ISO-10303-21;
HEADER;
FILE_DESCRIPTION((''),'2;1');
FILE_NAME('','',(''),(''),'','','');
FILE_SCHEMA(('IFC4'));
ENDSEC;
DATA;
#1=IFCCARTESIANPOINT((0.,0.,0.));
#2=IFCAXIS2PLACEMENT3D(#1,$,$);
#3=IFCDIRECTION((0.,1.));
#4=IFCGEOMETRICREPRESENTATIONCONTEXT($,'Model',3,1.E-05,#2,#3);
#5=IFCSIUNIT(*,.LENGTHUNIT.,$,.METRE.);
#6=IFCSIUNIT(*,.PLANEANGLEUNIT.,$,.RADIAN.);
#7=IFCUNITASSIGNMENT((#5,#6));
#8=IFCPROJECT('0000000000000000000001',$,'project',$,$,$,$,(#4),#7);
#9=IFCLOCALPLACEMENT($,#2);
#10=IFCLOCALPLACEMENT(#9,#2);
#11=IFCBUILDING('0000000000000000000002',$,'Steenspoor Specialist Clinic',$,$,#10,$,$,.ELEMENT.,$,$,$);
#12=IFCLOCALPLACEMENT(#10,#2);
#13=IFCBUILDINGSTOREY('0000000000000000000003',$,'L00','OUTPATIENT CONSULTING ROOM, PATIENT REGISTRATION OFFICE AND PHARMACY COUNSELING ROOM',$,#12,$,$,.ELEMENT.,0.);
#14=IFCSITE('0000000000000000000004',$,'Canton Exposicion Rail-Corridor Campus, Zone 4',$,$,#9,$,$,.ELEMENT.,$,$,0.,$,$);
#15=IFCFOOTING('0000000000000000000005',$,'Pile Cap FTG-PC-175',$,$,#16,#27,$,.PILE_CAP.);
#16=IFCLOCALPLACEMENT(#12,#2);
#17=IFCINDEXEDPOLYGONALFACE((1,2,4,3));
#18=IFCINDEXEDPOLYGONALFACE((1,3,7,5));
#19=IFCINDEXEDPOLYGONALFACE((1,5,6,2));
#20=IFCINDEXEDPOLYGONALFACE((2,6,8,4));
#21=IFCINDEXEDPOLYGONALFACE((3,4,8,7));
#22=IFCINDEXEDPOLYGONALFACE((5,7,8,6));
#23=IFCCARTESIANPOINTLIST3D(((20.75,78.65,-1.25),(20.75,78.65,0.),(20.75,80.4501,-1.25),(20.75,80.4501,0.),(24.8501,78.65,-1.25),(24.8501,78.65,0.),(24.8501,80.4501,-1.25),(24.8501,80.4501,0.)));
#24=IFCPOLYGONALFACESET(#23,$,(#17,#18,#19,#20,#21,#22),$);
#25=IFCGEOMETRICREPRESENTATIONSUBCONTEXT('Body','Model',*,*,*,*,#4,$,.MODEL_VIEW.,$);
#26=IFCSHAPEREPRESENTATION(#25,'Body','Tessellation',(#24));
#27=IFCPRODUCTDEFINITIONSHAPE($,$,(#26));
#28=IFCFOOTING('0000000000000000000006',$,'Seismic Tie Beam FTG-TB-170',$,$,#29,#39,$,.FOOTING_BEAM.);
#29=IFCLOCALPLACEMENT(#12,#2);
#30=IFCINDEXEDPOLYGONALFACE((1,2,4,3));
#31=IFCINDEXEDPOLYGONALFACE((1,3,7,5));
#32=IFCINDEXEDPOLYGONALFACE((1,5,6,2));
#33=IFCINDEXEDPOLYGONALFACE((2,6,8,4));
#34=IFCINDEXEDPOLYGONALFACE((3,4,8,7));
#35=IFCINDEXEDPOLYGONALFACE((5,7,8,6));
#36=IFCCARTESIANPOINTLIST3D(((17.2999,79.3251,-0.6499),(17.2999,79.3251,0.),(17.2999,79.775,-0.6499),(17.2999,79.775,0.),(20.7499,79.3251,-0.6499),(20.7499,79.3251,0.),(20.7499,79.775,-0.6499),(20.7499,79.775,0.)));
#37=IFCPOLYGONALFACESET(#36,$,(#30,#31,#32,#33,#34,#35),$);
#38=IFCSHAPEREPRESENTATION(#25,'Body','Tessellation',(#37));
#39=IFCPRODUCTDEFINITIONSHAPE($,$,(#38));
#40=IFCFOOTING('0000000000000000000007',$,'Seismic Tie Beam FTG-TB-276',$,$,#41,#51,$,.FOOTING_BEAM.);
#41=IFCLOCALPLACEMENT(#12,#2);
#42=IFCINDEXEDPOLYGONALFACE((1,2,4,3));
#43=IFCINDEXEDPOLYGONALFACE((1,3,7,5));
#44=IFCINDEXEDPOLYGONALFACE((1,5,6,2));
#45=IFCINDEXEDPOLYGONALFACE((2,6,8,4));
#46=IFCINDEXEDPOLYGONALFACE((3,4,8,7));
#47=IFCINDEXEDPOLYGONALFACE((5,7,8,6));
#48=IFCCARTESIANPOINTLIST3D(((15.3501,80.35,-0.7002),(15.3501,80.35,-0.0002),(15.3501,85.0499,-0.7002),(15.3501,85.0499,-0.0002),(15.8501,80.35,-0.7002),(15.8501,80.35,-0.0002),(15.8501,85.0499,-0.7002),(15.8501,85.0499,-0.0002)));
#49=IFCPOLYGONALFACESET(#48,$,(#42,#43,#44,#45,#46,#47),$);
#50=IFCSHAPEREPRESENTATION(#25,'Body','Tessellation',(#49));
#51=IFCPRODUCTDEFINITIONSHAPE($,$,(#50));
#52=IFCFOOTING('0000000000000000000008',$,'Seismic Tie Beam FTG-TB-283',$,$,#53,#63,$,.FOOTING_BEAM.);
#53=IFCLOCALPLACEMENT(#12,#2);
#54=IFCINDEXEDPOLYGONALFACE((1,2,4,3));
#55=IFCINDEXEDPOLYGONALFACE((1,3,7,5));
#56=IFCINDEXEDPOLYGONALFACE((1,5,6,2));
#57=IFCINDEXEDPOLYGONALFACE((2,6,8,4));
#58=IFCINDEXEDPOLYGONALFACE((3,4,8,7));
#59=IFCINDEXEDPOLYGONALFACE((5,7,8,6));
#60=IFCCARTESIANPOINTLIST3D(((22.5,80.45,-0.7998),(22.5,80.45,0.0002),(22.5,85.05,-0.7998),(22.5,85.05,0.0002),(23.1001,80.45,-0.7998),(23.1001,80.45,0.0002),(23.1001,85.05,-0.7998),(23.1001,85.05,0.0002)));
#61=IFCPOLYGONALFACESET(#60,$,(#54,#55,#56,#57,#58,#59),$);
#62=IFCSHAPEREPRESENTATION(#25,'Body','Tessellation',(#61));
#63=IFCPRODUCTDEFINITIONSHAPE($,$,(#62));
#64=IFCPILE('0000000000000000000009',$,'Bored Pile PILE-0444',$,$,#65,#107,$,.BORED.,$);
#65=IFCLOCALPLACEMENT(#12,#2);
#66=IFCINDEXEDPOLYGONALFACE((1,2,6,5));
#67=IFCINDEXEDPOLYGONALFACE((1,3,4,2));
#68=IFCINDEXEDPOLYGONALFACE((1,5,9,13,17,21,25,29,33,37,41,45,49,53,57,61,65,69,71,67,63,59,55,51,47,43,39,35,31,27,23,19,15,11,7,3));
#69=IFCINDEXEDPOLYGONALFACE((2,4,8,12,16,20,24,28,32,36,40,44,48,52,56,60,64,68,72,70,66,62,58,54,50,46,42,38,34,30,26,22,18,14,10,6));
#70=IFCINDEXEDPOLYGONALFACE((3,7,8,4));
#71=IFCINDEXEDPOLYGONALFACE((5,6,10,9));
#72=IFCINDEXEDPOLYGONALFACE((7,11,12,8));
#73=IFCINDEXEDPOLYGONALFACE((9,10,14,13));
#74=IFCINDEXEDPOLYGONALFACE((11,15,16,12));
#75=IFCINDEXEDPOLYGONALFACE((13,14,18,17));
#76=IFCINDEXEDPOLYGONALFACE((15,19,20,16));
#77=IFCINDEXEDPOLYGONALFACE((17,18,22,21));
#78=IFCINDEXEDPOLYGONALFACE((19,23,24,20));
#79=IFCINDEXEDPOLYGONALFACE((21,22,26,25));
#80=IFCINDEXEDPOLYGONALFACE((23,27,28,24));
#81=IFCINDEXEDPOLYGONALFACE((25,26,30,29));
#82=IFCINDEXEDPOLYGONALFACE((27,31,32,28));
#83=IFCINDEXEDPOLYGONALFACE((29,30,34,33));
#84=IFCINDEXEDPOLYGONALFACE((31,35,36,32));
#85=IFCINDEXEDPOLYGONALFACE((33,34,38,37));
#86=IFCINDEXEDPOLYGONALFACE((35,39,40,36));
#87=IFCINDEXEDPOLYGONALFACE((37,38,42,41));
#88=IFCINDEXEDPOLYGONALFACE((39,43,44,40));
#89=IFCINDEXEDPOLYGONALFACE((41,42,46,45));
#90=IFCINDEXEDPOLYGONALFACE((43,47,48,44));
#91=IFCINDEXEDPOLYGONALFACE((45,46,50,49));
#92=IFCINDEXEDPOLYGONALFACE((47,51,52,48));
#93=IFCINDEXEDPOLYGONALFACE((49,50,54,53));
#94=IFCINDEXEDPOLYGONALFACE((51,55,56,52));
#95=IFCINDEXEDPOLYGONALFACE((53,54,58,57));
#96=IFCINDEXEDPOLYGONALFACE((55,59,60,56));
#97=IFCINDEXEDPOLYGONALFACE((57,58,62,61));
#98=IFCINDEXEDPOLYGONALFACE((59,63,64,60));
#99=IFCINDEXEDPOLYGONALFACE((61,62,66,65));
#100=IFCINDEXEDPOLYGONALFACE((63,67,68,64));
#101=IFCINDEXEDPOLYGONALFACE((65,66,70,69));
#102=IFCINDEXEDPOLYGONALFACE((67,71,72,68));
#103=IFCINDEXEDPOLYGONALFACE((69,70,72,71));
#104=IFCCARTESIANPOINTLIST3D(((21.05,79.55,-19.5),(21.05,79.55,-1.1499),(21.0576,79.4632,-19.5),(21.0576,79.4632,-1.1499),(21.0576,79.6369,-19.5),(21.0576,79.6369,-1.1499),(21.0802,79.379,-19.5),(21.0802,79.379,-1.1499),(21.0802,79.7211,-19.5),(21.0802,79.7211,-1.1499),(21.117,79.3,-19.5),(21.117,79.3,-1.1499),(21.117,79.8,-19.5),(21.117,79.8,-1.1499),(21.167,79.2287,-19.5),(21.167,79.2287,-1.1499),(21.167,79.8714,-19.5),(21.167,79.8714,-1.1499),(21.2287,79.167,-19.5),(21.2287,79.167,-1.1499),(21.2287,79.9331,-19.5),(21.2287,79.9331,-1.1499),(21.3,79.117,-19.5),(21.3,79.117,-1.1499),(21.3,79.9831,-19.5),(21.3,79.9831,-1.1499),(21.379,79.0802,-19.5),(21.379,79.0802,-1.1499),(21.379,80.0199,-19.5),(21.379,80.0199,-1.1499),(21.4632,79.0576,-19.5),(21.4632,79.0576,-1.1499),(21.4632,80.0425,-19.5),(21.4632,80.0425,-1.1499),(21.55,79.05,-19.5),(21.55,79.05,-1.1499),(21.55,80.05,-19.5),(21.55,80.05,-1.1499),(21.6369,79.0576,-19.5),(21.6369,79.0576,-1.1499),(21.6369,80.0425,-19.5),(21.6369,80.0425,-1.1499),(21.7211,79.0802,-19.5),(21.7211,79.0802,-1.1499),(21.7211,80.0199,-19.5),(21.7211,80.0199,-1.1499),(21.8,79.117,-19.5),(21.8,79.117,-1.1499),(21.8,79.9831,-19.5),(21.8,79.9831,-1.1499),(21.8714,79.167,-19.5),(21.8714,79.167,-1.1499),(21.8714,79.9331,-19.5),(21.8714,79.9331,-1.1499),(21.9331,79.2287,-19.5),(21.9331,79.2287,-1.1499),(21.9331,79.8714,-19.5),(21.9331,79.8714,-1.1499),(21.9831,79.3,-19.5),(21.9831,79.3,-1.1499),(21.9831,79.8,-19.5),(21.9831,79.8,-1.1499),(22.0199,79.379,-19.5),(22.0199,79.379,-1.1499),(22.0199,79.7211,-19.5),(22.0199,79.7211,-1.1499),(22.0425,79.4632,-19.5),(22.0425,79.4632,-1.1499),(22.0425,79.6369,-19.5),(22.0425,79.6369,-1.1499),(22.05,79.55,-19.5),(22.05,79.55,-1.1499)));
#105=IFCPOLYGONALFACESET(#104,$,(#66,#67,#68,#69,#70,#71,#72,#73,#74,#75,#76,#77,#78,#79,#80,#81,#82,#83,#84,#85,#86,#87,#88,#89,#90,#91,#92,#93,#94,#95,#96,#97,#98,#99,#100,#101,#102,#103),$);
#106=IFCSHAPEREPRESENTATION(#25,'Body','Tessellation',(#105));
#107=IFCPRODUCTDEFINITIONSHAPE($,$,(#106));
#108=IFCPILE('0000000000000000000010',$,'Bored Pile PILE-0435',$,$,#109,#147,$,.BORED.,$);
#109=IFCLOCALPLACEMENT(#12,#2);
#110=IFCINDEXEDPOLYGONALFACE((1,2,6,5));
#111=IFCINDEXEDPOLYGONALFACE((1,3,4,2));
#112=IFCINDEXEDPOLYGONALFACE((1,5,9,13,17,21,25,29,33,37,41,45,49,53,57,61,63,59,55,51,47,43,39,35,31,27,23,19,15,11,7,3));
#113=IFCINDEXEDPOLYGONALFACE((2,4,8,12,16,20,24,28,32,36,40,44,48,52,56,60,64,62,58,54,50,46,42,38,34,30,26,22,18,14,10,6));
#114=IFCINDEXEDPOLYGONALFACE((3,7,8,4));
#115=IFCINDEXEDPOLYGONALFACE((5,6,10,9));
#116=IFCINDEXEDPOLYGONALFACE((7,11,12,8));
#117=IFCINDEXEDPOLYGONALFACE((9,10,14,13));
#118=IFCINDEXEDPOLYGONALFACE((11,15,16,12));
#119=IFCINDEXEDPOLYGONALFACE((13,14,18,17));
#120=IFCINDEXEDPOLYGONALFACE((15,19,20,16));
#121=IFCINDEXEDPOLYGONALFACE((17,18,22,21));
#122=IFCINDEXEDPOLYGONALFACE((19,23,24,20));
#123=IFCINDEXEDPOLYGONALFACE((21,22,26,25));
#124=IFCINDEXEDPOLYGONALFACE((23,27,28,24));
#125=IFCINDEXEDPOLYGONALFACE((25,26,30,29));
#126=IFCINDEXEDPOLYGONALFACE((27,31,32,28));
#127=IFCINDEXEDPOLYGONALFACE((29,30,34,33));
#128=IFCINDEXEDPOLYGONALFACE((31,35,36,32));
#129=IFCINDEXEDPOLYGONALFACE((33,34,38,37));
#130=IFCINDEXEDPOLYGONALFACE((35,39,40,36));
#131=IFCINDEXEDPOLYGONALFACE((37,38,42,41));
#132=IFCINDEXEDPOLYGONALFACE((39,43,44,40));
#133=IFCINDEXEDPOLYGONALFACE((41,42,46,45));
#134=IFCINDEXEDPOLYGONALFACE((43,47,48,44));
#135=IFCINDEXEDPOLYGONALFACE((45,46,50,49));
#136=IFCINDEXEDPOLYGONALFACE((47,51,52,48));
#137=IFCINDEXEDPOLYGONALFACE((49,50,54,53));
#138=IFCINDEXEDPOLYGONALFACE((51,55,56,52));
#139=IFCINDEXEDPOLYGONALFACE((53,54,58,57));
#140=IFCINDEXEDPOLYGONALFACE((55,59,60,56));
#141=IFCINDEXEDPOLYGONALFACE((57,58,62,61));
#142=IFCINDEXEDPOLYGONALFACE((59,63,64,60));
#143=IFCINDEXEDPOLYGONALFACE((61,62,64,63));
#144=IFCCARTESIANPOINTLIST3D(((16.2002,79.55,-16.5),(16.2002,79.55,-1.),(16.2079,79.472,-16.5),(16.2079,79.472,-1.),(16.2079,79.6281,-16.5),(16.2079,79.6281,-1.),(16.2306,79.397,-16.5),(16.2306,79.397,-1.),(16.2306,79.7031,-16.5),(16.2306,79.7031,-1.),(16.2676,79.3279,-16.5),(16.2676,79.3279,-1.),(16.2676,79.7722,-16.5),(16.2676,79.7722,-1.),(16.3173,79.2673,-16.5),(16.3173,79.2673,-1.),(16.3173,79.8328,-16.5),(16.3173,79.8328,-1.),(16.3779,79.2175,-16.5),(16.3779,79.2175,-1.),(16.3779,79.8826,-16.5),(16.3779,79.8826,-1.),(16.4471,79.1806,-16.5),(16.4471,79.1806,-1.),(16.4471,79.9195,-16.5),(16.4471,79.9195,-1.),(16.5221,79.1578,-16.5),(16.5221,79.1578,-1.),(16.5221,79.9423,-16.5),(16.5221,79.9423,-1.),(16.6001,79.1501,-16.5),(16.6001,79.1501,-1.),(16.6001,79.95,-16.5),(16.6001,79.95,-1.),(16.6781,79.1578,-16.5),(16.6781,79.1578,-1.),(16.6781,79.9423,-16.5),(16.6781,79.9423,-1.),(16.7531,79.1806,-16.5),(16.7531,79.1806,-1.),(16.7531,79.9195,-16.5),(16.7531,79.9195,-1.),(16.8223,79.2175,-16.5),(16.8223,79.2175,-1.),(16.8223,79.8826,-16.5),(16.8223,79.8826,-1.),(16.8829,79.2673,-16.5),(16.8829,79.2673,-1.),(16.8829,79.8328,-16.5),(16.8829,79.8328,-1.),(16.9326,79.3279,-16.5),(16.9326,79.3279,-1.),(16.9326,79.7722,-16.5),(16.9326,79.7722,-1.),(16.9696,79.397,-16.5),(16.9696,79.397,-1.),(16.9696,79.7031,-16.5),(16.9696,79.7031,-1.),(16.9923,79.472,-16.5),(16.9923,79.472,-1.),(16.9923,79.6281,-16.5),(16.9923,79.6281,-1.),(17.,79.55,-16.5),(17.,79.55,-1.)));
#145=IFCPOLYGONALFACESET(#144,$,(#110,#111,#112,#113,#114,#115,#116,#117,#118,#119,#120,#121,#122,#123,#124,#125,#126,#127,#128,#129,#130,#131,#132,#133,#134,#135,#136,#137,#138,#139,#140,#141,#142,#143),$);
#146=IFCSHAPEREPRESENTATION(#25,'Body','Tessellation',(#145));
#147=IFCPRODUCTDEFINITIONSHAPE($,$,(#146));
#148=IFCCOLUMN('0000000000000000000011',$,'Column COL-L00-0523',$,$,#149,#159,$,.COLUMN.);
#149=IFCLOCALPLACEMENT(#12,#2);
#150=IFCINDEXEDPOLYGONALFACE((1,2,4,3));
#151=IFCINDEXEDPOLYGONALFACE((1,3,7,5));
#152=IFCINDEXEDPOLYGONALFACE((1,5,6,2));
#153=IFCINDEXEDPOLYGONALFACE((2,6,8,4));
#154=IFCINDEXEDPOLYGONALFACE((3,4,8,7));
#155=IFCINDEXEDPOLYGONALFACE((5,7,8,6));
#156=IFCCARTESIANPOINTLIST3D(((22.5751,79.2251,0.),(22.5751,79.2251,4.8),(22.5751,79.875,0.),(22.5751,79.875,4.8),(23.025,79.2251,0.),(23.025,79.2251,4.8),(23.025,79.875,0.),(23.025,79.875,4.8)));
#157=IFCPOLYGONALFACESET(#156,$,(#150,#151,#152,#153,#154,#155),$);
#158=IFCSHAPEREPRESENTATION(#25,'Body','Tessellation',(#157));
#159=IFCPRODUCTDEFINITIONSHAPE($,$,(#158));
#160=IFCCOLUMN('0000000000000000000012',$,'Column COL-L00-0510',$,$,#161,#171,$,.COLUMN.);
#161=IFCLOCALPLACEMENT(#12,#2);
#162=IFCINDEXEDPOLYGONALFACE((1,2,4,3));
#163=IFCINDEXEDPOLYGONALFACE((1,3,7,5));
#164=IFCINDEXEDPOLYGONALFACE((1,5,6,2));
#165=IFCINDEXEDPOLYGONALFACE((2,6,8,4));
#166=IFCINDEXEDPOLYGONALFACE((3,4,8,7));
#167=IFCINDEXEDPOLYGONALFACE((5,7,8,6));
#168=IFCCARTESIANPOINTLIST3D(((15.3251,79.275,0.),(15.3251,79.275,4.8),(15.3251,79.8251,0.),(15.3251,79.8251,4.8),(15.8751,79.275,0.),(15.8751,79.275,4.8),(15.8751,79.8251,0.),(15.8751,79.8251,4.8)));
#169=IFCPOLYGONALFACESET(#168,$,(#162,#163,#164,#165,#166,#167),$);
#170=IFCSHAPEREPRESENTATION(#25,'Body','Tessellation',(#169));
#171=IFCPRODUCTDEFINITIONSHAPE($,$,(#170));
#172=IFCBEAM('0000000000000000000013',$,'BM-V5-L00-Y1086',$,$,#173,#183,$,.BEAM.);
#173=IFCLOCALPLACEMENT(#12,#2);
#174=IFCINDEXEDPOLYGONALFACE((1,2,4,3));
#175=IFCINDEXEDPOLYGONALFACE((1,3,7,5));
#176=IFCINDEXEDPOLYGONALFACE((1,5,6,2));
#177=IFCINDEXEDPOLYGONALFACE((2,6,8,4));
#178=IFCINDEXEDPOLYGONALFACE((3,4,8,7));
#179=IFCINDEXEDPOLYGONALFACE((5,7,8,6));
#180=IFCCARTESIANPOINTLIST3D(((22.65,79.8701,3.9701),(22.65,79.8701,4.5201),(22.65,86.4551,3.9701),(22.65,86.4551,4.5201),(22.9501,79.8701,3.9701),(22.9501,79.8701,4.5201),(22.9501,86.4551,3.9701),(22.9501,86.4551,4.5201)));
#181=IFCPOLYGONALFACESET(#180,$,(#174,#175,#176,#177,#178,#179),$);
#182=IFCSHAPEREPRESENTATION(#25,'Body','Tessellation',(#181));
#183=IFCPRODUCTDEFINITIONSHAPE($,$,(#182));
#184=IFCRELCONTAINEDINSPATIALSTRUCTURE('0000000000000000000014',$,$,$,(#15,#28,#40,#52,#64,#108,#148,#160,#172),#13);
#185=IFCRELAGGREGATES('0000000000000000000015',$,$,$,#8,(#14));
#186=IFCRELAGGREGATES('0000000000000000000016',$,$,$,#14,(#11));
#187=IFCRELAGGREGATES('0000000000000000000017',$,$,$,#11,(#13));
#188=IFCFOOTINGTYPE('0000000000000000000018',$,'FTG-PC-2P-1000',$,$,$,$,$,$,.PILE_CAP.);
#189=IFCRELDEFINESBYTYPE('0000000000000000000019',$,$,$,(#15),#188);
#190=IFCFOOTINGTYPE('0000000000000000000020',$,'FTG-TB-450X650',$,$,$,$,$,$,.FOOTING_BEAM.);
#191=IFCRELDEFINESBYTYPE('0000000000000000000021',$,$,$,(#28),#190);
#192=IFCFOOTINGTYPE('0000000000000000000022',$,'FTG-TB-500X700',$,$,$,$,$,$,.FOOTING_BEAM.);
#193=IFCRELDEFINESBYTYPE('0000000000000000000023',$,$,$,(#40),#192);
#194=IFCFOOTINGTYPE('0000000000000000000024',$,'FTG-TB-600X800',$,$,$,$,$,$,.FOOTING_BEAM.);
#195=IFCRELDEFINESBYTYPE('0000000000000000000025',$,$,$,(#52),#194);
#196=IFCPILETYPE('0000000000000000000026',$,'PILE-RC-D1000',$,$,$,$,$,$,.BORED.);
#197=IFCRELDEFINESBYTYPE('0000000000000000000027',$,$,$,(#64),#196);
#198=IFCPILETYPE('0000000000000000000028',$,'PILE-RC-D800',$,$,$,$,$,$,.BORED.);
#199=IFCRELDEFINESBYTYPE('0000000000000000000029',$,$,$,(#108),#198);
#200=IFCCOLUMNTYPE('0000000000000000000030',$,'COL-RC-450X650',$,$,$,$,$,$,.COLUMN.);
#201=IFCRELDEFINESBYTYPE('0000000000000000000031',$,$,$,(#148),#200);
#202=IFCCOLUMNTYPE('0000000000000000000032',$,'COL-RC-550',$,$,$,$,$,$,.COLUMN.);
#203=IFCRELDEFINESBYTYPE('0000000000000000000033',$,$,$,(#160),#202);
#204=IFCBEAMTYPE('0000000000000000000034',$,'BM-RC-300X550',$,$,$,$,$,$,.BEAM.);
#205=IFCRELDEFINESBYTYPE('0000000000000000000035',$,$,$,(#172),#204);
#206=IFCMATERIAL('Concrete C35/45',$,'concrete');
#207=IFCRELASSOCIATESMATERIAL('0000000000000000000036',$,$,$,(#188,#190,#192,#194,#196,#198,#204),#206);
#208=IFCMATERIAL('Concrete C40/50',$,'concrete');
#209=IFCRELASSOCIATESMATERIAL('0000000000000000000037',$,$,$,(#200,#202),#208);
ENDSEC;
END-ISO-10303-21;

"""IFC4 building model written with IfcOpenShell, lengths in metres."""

from ifc_helpers import new_model, si_unit, direction, frame, origin, origin_2d, place, context, subcontext, project, spatial, rectangle, circle, extrude, material, material_profile, profile_set, type_object, element, save


model = new_model("IFC4")

# Units and contexts
model_context = context("Model", 3, precision=1e-05, world=origin(), true_north=direction((0.0, 1.0)))
body_context = subcontext(model_context, "Body", "Model", "MODEL_VIEW")
ifc_project = project(units=[si_unit("LENGTHUNIT", "METRE"), si_unit("PLANEANGLEUNIT", "RADIAN")], contexts=[model_context])

# Site, building, storey
site_placement = place(None, origin())
site = spatial("IfcSite", under=ifc_project, at=site_placement, Name="Canton Exposicion Rail-Corridor Campus, Zone 4", CompositionType="ELEMENT", RefElevation=0.0)
building_placement = place(site_placement, origin())
building = spatial("IfcBuilding", under=site, at=building_placement, Name="Steenspoor Specialist Clinic", CompositionType="ELEMENT")
storey_placement = place(building_placement, origin())
storey = spatial("IfcBuildingStorey", under=building, at=storey_placement, Name="L00", Description="OUTPATIENT CONSULTING ROOM, PATIENT REGISTRATION OFFICE AND PHARMACY COUNSELING ROOM", CompositionType="ELEMENT", Elevation=0.0)

# Footings
ifc_material_1 = material(Name="Concrete C35/45", Category="concrete")
footing_type_1 = type_object("IfcFootingType", Name="FTG-PC-2P-1000", PredefinedType="PILE_CAP", material=ifc_material_1)
footing_1_placement = place(storey_placement, frame((22.8, 79.55, -1.25), z_axis=(0.0, 0.0, 1.0), x_axis=(1.0, 0.0, 0.0)))
element("IfcFooting", 1, at=footing_1_placement, inside=storey, type_object=footing_type_1, Name="Pile Cap FTG-PC-175", PredefinedType="PILE_CAP", context=body_context, shape_type="SweptSolid", body=[
    extrude(rectangle(XDim=4.1001, YDim=1.8, at=origin_2d()), origin(), (0.0, 0.0, 1.0), 1.25),
])
footing_type_2 = type_object("IfcFootingType", Name="FTG-TB-450X650", PredefinedType="FOOTING_BEAM", material=ifc_material_1)
footing_2_placement = place(storey_placement, frame((19.0249, 79.55, -0.6499), z_axis=(0.0, 0.0, 1.0), x_axis=(1.0, 0.0, 0.0)))
element("IfcFooting", 2, at=footing_2_placement, inside=storey, type_object=footing_type_2, Name="Seismic Tie Beam FTG-TB-170", PredefinedType="FOOTING_BEAM", context=body_context, shape_type="SweptSolid", body=[
    extrude(rectangle(XDim=3.45, YDim=0.45, at=origin_2d()), origin(), (0.0, 0.0, 1.0), 0.6499),
])
footing_type_3 = type_object("IfcFootingType", Name="FTG-TB-500X700", PredefinedType="FOOTING_BEAM", material=ifc_material_1)
footing_3_placement = place(storey_placement, frame((15.6001, 82.7, -0.7002), z_axis=(0.0, 0.0, 1.0), x_axis=(1.0, 0.0, 0.0)))
element("IfcFooting", 3, at=footing_3_placement, inside=storey, type_object=footing_type_3, Name="Seismic Tie Beam FTG-TB-276", PredefinedType="FOOTING_BEAM", context=body_context, shape_type="SweptSolid", body=[
    extrude(rectangle(XDim=0.5, YDim=4.7, at=origin_2d()), origin(), (0.0, 0.0, 1.0), 0.7),
])
footing_type_4 = type_object("IfcFootingType", Name="FTG-TB-600X800", PredefinedType="FOOTING_BEAM", material=ifc_material_1)
footing_4_placement = place(storey_placement, frame((22.8, 82.75, -0.7998), z_axis=(0.0, 0.0, 1.0), x_axis=(1.0, 0.0, 0.0)))
element("IfcFooting", 4, at=footing_4_placement, inside=storey, type_object=footing_type_4, Name="Seismic Tie Beam FTG-TB-283", PredefinedType="FOOTING_BEAM", context=body_context, shape_type="SweptSolid", body=[
    extrude(rectangle(XDim=0.6001, YDim=4.6001, at=origin_2d()), origin(), (0.0, 0.0, 1.0), 0.8),
])

# Piles
ifc_material_profile_1 = material_profile(ifc_material_1, circle(Radius=0.5, at=origin_2d()), Name="PILE-D1000")
ifc_profile_set_1 = profile_set([ifc_material_profile_1], Name="Concrete C35/45")
pile_type_1 = type_object("IfcPileType", Name="PILE-RC-D1000", PredefinedType="BORED", material=ifc_profile_set_1)
pile_1_placement = place(storey_placement, frame((21.55, 79.55, -1.1499), z_axis=(0.0, 0.0, -1.0), x_axis=(1.0, 0.0, 0.0)))
element("IfcPile", 5, at=pile_1_placement, inside=storey, type_object=pile_type_1, Name="Bored Pile PILE-0444", PredefinedType="BORED", context=body_context, shape_type="SweptSolid", body=[
    extrude(circle(Radius=0.5, at=origin_2d()), origin(), (0.0, 0.0, 1.0), 18.3501),
])
ifc_material_profile_2 = material_profile(ifc_material_1, circle(Radius=0.3999, at=origin_2d()), Name="PILE-D800")
ifc_profile_set_2 = profile_set([ifc_material_profile_2], Name="Concrete C35/45")
pile_type_2 = type_object("IfcPileType", Name="PILE-RC-D800", PredefinedType="BORED", material=ifc_profile_set_2)
pile_2_placement = place(storey_placement, frame((16.6001, 79.55, -1.0), z_axis=(0.0, 0.0, -1.0), x_axis=(1.0, 0.0, 0.0)))
element("IfcPile", 6, at=pile_2_placement, inside=storey, type_object=pile_type_2, Name="Bored Pile PILE-0435", PredefinedType="BORED", context=body_context, shape_type="SweptSolid", body=[
    extrude(circle(Radius=0.3999, at=origin_2d()), origin(), (0.0, 0.0, 1.0), 15.5),
])

# Columns
ifc_material_2 = material(Name="Concrete C40/50", Category="concrete")
ifc_material_profile_3 = material_profile(ifc_material_2, rectangle(XDim=0.45, YDim=0.6499, at=origin_2d()), Name="RC-COL-450X650")
ifc_profile_set_3 = profile_set([ifc_material_profile_3], Name="Concrete C40/50")
column_type_1 = type_object("IfcColumnType", Name="COL-RC-450X650", PredefinedType="COLUMN", material=ifc_profile_set_3)
column_1_placement = place(storey_placement, frame((22.8, 79.55, 0.0), z_axis=(0.0, 0.0, 1.0), x_axis=(1.0, 0.0, 0.0)))
element("IfcColumn", 7, at=column_1_placement, inside=storey, type_object=column_type_1, Name="Column COL-L00-0523", PredefinedType="COLUMN", context=body_context, shape_type="SweptSolid", body=[
    extrude(rectangle(XDim=0.45, YDim=0.6499, at=origin_2d()), origin(), (0.0, 0.0, 1.0), 4.8),
])
ifc_material_profile_4 = material_profile(ifc_material_2, rectangle(XDim=0.55, YDim=0.55, at=origin_2d()), Name="RC-COL-550X550")
ifc_profile_set_4 = profile_set([ifc_material_profile_4], Name="Concrete C40/50")
column_type_2 = type_object("IfcColumnType", Name="COL-RC-550", PredefinedType="COLUMN", material=ifc_profile_set_4)
column_2_placement = place(storey_placement, frame((15.6001, 79.55, 0.0), z_axis=(0.0, 0.0, 1.0), x_axis=(1.0, 0.0, 0.0)))
element("IfcColumn", 8, at=column_2_placement, inside=storey, type_object=column_type_2, Name="Column COL-L00-0510", PredefinedType="COLUMN", context=body_context, shape_type="SweptSolid", body=[
    extrude(rectangle(XDim=0.55, YDim=0.55, at=origin_2d()), origin(), (0.0, 0.0, 1.0), 4.8),
])

# Beam
ifc_material_profile_5 = material_profile(ifc_material_1, rectangle(XDim=0.3, YDim=0.55, at=origin_2d()), Name="RC-BM-300X550")
ifc_profile_set_5 = profile_set([ifc_material_profile_5], Name="Concrete C35/45")
beam_type_1 = type_object("IfcBeamType", Name="BM-RC-300X550", PredefinedType="BEAM", material=ifc_profile_set_5)
beam_1_placement = place(storey_placement, frame((22.8, 79.8701, 4.2451), z_axis=(0.0, 1.0, 0.0), x_axis=(-1.0, 0.0, 0.0)))
element("IfcBeam", 9, at=beam_1_placement, inside=storey, type_object=beam_type_1, Name="BM-V5-L00-Y1086", PredefinedType="BEAM", context=body_context, shape_type="SweptSolid", body=[
    extrude(rectangle(XDim=0.3, YDim=0.55, at=origin_2d()), origin(), (0.0, 0.0, 1.0), 6.585),
])

save(model, "model.ifc")
